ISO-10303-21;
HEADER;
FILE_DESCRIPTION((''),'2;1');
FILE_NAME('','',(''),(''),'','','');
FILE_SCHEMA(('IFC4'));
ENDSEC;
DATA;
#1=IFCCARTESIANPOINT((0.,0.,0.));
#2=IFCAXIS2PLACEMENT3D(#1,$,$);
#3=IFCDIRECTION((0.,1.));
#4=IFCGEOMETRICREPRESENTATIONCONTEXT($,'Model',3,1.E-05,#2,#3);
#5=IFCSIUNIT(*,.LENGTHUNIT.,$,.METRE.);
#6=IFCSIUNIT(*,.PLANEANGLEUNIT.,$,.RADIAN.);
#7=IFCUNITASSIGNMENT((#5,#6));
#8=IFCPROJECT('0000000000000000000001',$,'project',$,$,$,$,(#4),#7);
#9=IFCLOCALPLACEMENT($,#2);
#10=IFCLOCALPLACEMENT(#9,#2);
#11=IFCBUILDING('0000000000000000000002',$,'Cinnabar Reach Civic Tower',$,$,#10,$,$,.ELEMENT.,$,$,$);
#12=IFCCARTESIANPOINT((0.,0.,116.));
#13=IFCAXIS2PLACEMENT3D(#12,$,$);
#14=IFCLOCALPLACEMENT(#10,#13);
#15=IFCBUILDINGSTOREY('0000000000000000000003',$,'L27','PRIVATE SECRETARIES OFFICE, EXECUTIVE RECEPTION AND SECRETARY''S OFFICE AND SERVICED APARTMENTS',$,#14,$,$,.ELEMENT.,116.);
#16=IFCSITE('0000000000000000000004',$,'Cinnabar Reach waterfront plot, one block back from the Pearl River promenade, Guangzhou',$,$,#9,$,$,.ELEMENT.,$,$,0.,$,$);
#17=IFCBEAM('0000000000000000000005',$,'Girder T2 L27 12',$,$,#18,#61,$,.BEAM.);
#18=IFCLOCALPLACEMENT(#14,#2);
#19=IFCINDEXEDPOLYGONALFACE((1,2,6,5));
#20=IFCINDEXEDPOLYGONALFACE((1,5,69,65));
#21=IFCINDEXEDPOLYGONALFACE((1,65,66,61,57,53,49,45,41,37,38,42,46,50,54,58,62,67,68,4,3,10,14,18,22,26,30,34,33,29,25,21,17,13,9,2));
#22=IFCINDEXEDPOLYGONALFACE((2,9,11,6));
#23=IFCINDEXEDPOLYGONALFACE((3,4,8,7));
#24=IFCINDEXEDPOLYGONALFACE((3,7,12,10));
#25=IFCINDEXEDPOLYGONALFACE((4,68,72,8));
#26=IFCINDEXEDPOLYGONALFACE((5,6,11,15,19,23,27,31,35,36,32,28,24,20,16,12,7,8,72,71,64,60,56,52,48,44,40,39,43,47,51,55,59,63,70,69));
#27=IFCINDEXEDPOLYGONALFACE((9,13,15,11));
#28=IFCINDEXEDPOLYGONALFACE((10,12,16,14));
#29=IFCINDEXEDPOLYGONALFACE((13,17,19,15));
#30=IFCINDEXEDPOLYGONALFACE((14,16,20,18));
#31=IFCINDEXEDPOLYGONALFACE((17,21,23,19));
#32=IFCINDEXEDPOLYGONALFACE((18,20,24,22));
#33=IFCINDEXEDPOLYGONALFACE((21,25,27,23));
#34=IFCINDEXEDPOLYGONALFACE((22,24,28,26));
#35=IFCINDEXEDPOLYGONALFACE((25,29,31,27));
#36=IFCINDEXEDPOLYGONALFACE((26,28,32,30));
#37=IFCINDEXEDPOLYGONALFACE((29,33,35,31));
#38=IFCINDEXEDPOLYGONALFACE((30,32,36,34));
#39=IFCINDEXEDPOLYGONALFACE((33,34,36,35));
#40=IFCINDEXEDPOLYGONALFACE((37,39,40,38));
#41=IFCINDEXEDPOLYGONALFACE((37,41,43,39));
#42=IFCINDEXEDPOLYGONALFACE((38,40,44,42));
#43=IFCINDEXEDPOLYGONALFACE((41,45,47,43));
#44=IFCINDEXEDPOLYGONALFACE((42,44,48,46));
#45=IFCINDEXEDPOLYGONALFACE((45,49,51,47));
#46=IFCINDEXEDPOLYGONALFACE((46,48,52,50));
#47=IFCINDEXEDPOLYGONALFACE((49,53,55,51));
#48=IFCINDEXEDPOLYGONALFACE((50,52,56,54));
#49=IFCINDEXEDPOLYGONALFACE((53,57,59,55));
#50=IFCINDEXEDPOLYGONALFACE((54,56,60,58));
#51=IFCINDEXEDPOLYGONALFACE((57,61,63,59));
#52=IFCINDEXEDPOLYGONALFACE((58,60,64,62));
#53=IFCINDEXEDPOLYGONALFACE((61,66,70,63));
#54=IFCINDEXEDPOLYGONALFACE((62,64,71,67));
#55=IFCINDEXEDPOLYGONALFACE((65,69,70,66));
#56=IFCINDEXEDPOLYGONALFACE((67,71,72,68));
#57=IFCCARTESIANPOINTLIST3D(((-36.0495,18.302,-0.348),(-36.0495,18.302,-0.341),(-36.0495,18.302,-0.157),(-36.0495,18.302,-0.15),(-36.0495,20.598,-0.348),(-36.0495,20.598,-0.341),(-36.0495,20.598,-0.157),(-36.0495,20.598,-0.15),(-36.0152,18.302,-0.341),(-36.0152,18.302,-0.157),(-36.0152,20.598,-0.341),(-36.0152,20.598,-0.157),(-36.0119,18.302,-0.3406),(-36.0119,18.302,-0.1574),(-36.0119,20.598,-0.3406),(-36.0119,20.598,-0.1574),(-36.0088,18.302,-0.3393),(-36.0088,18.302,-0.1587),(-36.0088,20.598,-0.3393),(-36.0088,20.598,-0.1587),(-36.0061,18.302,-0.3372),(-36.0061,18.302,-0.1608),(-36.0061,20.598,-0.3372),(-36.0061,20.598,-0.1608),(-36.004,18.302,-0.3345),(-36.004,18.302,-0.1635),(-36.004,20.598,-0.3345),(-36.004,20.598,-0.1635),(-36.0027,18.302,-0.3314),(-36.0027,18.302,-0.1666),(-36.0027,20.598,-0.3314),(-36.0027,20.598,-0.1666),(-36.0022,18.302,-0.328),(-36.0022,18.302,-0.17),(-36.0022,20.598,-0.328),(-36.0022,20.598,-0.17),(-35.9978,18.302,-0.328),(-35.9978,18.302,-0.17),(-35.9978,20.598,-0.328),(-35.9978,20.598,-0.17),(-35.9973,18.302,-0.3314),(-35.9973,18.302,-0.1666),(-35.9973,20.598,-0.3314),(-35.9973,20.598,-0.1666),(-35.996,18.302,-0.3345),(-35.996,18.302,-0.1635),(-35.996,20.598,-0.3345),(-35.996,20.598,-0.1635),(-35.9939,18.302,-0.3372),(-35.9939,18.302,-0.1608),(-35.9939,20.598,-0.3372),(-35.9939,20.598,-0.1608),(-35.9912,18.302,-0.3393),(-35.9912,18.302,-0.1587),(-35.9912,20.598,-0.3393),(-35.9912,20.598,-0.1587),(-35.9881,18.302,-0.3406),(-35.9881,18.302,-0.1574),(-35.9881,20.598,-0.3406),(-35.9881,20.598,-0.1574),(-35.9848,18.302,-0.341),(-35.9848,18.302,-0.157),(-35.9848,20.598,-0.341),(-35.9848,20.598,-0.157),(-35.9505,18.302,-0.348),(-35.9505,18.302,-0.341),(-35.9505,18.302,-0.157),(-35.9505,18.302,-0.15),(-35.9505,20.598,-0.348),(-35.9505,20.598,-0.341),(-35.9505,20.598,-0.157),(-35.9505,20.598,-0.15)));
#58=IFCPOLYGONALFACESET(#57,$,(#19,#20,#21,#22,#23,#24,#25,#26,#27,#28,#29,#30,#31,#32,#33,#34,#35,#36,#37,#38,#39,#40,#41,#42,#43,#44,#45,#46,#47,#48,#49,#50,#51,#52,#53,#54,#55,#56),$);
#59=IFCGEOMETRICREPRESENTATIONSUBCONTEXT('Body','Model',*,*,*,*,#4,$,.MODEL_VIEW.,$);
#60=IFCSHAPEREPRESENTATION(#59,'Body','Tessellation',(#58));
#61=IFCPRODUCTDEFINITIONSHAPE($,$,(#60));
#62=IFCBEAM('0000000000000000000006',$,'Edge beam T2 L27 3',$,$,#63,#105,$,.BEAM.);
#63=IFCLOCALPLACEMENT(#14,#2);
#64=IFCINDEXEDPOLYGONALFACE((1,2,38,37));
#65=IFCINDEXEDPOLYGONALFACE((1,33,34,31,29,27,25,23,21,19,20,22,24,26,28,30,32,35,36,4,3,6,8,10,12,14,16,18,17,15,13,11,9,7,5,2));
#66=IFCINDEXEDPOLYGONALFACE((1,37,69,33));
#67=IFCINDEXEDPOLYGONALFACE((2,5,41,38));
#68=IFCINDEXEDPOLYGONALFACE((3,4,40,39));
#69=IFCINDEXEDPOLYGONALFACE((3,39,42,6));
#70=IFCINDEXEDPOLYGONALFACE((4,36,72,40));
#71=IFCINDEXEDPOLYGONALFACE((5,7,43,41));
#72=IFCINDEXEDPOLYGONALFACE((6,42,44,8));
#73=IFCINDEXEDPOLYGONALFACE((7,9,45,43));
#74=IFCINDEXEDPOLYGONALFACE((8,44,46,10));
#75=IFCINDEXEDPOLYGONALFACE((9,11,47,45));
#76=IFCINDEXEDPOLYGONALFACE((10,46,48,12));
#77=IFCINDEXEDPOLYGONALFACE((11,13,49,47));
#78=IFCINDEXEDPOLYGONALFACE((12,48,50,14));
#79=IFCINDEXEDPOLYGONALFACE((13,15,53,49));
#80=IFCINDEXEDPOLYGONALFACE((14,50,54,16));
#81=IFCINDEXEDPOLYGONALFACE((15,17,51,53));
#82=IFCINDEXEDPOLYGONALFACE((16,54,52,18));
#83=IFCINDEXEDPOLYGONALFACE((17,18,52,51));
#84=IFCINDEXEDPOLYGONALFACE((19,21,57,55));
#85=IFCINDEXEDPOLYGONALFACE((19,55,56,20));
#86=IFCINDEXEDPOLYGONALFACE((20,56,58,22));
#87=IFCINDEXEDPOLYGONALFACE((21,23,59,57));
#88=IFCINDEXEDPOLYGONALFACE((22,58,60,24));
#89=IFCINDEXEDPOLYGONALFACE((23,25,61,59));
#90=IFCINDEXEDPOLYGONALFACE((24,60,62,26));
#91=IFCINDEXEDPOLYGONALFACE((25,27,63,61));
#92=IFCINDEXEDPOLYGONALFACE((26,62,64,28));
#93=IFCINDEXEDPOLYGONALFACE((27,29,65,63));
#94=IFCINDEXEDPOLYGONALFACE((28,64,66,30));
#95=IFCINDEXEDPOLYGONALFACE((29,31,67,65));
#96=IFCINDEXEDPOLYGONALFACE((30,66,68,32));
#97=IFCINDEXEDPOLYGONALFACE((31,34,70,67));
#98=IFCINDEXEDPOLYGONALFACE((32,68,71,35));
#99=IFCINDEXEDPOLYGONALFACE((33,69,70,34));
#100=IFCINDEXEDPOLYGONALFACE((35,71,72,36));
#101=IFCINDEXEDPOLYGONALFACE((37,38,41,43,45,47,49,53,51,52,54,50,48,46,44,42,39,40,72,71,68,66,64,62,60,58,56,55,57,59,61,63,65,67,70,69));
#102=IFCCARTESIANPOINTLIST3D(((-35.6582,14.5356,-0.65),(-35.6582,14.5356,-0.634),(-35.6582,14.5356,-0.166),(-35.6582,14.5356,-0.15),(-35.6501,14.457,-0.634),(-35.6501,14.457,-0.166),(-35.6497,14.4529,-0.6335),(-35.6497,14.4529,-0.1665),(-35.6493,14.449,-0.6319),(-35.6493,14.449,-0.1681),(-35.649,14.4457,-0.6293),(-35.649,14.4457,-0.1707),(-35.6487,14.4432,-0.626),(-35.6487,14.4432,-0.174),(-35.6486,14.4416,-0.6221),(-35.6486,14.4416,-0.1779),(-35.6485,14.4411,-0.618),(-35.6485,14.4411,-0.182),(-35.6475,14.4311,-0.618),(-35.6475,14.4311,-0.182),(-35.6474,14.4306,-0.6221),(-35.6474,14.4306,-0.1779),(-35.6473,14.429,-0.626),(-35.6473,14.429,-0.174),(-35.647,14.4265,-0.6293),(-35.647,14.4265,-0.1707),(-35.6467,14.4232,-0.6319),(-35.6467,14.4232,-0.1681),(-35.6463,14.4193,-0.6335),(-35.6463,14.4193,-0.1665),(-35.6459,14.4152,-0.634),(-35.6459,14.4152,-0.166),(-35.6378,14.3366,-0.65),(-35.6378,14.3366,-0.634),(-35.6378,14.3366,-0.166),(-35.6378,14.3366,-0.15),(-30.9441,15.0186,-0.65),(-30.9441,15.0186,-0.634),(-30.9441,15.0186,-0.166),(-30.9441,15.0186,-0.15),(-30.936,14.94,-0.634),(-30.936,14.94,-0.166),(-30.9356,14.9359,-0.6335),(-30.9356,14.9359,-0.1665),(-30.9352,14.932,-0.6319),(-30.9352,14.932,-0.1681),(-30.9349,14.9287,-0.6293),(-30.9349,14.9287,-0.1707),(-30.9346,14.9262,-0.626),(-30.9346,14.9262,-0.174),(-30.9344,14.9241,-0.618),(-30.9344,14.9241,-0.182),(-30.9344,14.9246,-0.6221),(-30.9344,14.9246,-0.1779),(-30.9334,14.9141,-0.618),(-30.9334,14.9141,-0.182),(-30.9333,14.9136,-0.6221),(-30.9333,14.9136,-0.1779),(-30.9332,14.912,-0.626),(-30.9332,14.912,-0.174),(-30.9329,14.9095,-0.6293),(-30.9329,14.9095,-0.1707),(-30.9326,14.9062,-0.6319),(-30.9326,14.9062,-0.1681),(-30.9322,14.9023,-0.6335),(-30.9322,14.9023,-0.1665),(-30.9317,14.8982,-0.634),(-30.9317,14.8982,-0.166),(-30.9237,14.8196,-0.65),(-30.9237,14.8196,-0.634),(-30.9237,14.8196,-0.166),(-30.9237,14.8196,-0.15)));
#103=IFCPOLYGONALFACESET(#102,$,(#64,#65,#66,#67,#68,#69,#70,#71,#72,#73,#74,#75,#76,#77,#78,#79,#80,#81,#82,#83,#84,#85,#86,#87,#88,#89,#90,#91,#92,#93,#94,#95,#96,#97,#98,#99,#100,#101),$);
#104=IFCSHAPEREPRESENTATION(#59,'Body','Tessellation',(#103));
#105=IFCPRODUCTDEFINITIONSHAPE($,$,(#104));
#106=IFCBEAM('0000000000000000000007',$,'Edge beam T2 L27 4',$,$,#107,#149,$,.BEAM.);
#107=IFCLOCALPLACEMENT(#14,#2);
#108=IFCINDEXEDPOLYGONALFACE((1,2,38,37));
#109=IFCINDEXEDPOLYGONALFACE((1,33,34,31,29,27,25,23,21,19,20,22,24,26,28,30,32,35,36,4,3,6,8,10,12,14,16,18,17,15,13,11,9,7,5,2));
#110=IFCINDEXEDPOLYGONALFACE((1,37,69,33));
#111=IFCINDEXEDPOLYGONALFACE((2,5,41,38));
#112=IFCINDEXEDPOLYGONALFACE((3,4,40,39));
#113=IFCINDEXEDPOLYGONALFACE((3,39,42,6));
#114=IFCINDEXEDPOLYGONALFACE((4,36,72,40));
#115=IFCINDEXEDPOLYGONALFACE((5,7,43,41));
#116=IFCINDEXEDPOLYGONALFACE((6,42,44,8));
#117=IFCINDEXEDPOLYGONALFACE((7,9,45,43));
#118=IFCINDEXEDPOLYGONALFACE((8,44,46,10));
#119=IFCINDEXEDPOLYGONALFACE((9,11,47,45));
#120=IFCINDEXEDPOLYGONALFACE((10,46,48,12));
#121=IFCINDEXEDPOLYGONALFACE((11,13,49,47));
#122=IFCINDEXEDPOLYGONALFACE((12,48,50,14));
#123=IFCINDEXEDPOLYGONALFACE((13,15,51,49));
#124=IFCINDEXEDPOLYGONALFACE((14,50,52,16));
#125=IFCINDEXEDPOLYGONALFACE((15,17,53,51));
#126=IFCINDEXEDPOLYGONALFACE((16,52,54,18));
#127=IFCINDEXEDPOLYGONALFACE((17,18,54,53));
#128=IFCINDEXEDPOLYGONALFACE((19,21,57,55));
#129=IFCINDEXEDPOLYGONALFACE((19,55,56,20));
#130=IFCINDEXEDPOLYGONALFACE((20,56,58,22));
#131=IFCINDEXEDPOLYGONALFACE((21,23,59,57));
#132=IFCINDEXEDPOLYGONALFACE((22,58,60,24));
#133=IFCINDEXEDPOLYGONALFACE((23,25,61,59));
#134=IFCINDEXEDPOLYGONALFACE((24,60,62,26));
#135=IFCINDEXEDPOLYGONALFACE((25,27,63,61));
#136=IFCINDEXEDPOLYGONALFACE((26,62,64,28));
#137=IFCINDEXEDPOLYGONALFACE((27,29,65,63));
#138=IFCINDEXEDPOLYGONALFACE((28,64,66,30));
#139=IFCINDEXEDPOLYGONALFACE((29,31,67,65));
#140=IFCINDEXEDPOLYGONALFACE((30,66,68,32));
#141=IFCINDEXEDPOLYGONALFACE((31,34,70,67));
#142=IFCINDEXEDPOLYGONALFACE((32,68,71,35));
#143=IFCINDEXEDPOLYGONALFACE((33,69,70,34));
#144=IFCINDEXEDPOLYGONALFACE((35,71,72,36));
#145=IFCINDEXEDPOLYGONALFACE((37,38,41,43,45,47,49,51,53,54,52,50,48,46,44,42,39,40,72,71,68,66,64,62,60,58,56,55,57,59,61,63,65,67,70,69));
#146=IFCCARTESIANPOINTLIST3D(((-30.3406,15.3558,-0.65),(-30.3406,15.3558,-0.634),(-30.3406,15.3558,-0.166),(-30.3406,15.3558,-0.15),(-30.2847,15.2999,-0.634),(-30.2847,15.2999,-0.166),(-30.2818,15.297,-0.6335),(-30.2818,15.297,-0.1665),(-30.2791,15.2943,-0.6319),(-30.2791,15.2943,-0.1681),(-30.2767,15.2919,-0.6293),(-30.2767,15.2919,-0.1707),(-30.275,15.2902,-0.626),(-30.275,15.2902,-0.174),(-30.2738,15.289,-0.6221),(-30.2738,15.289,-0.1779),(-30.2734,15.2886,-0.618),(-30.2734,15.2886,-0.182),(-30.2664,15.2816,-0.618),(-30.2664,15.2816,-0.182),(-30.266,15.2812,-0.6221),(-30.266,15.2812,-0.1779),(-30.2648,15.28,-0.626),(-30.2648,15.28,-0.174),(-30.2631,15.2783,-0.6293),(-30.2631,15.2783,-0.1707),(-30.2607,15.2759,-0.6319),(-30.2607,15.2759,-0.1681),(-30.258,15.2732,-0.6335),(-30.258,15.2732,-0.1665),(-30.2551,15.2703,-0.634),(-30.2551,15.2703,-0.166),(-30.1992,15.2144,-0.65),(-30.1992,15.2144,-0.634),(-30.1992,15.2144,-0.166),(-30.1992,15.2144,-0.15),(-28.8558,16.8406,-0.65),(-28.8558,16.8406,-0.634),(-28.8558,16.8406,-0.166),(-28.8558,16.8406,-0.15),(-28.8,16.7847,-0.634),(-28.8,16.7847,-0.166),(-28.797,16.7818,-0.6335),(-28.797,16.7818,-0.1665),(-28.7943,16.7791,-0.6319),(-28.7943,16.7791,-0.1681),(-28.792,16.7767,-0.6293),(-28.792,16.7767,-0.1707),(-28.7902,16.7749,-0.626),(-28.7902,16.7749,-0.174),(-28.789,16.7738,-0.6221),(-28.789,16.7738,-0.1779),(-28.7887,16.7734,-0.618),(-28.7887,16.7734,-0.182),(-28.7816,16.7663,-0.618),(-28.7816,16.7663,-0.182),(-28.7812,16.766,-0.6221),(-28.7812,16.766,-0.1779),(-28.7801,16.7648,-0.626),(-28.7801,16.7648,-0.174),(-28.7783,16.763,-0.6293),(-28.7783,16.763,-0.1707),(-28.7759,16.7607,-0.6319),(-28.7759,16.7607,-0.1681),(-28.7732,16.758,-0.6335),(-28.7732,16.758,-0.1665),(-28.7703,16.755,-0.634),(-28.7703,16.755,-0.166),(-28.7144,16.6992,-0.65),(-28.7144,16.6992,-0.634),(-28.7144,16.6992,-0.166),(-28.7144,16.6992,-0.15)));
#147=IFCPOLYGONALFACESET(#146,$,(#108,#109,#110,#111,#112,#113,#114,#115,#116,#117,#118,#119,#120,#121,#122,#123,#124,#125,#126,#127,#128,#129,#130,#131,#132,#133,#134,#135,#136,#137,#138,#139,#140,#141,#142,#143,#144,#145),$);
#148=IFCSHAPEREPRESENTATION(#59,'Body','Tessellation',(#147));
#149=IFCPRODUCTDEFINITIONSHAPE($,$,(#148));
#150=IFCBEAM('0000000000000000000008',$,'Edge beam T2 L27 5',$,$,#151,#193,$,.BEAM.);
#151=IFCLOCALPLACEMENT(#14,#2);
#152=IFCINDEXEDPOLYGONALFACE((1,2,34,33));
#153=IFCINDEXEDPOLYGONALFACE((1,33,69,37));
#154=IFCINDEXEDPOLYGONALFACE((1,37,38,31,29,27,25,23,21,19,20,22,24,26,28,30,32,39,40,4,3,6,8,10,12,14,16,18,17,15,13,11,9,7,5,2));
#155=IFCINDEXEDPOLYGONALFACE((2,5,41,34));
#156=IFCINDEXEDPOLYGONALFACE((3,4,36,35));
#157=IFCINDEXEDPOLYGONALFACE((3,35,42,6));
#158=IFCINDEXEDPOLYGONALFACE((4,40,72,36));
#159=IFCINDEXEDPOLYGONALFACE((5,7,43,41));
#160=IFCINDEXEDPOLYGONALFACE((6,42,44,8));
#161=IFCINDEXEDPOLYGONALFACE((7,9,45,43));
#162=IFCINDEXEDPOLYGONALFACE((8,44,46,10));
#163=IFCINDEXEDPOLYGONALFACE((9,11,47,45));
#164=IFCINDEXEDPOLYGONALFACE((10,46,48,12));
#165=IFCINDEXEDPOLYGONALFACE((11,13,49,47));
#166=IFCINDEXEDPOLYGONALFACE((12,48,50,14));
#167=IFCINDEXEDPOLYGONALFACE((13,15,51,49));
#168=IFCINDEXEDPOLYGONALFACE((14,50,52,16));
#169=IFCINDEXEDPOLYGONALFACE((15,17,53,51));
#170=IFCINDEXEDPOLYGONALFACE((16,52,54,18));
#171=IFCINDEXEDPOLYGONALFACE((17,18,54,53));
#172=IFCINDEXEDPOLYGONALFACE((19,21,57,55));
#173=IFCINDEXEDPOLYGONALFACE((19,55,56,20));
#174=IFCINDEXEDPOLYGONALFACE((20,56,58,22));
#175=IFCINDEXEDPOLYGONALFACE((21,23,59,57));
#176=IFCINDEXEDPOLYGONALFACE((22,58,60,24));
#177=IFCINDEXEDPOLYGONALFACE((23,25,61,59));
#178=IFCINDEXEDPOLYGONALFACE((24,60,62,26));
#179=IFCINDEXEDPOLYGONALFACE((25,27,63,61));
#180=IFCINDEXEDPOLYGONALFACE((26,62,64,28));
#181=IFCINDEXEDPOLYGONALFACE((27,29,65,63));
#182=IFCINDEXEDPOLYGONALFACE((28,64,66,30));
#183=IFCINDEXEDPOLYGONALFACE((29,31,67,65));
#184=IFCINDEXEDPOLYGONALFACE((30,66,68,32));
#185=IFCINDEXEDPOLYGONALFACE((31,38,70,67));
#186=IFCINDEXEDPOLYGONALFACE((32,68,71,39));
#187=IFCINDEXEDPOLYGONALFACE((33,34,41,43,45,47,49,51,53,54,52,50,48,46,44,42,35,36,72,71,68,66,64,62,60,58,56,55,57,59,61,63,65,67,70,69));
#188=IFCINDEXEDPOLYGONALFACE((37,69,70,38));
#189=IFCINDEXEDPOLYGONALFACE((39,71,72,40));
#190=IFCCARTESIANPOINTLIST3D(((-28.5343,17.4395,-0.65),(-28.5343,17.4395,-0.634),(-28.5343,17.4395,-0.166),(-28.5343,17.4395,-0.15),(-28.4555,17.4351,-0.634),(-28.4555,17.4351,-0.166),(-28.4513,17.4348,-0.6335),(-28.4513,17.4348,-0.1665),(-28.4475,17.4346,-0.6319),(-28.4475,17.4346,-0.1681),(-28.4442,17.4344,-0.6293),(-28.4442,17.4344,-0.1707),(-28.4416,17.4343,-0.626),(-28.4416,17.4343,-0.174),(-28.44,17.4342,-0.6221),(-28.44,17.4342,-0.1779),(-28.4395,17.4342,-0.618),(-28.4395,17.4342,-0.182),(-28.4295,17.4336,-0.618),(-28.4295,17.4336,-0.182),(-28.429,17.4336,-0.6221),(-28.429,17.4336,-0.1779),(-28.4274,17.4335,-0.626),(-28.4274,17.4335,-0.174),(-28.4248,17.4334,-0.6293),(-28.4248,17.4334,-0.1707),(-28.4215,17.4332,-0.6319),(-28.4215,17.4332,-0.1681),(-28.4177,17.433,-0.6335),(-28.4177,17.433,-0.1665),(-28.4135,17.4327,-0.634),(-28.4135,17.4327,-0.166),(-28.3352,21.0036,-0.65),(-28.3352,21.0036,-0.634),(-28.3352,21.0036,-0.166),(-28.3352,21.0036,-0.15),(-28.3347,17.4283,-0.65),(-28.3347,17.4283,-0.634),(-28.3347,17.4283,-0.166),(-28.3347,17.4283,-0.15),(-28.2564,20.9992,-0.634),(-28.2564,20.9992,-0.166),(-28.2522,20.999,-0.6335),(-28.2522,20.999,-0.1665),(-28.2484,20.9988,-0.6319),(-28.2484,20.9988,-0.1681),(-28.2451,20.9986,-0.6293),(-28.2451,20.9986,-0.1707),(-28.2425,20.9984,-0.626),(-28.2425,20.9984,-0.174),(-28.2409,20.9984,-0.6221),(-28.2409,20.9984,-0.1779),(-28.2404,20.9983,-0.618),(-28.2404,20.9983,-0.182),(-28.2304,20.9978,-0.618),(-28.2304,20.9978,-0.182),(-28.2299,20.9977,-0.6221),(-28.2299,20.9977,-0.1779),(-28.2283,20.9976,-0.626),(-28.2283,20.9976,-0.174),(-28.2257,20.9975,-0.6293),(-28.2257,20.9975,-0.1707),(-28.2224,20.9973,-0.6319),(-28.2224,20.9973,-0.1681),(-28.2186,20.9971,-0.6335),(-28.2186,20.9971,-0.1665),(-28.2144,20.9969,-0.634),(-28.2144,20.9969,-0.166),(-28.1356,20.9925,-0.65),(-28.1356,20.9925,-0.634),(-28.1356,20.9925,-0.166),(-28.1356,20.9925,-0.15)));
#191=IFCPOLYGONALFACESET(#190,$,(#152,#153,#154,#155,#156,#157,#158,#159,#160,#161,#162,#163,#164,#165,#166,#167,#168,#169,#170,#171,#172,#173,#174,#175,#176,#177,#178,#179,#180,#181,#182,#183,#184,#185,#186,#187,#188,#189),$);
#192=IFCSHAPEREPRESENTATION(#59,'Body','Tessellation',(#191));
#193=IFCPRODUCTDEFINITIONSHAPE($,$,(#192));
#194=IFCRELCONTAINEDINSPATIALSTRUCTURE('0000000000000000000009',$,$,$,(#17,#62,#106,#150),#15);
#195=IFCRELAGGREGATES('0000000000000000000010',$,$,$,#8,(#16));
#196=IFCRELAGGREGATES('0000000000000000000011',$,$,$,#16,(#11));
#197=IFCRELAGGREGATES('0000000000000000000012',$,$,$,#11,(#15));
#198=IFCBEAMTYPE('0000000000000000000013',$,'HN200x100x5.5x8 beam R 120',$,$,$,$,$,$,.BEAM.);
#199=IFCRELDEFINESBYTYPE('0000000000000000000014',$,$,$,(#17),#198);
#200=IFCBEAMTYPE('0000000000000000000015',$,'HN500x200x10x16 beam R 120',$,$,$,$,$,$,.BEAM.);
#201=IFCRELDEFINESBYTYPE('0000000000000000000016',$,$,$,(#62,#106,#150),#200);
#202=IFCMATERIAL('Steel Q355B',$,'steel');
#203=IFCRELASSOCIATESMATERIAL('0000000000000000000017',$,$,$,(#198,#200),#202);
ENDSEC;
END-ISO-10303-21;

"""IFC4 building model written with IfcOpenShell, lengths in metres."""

from ifc_helpers import new_model, si_unit, direction, frame, origin, origin_2d, place, context, subcontext, project, spatial, i_section, extrude, material, material_profile, profile_set, type_object, element, save


model = new_model("IFC4")

# Units and contexts
model_context = context("Model", 3, precision=1e-05, world=origin(), true_north=direction((0.0, 1.0)))
body_context = subcontext(model_context, "Body", "Model", "MODEL_VIEW")
ifc_project = project(units=[si_unit("LENGTHUNIT", "METRE"), si_unit("PLANEANGLEUNIT", "RADIAN")], contexts=[model_context])

# Site, building, storey
site_placement = place(None, origin())
site = spatial("IfcSite", under=ifc_project, at=site_placement, Name="Cinnabar Reach waterfront plot, one block back from the Pearl River promenade, Guangzhou", CompositionType="ELEMENT", RefElevation=0.0)
building_placement = place(site_placement, origin())
building = spatial("IfcBuilding", under=site, at=building_placement, Name="Cinnabar Reach Civic Tower", CompositionType="ELEMENT")
storey_placement = place(building_placement, frame((0.0, 0.0, 116.0)))
storey = spatial("IfcBuildingStorey", under=building, at=storey_placement, Name="L27", Description="PRIVATE SECRETARIES OFFICE, EXECUTIVE RECEPTION AND SECRETARY'S OFFICE AND SERVICED APARTMENTS", CompositionType="ELEMENT", Elevation=116.0)

# Beams
ifc_material_1 = material(Name="Steel Q355B", Category="steel")
ifc_material_profile_1 = material_profile(ifc_material_1, i_section(OverallWidth=0.099, OverallDepth=0.198, WebThickness=0.0045, FlangeThickness=0.007, FilletRadius=0.013, at=origin_2d()), Name="HN200x100x5.5x8")
ifc_profile_set_1 = profile_set([ifc_material_profile_1], Name="Steel Q355B")
beam_type_1 = type_object("IfcBeamType", Name="HN200x100x5.5x8 beam R 120", PredefinedType="BEAM", material=ifc_profile_set_1)
beam_1_placement = place(storey_placement, frame((-36.0, 18.302, -0.249), z_axis=(0.0, 1.0, 0.0), x_axis=(-1.0, 0.0, 0.0)))
element("IfcBeam", 1, at=beam_1_placement, inside=storey, type_object=beam_type_1, Name="Girder T2 L27 12", PredefinedType="BEAM", context=body_context, shape_type="SweptSolid", body=[
    extrude(i_section(OverallWidth=0.099, OverallDepth=0.198, WebThickness=0.0045, FlangeThickness=0.007, FilletRadius=0.013, at=origin_2d()), origin(), (0.0, 0.0, 1.0), 2.296),
])
ifc_material_profile_2 = material_profile(ifc_material_1, i_section(OverallWidth=0.2, OverallDepth=0.5, WebThickness=0.01, FlangeThickness=0.016, FilletRadius=0.016, at=origin_2d()), Name="HN500x200x10x16")
ifc_profile_set_2 = profile_set([ifc_material_profile_2], Name="Steel Q355B")
beam_type_2 = type_object("IfcBeamType", Name="HN500x200x10x16 beam R 120", PredefinedType="BEAM", material=ifc_profile_set_2)
beam_2_placement = place(storey_placement, frame((-35.648, 14.4361, -0.4), z_axis=(0.994792, 0.101925, 0.0), x_axis=(-0.101925, 0.994792, 0.0)))
element("IfcBeam", 2, at=beam_2_placement, inside=storey, type_object=beam_type_2, Name="Edge beam T2 L27 3", PredefinedType="BEAM", context=body_context, shape_type="SweptSolid", body=[
    extrude(i_section(OverallWidth=0.2, OverallDepth=0.5, WebThickness=0.01, FlangeThickness=0.016, FilletRadius=0.016, at=origin_2d()), origin(), (0.0, 0.0, 1.0), 4.7388),
])
beam_3_placement = place(storey_placement, frame((-30.2699, 15.2851, -0.4), z_axis=(0.707107, 0.707107, 0.0), x_axis=(-0.707107, 0.707107, 0.0)))
element("IfcBeam", 3, at=beam_3_placement, inside=storey, type_object=beam_type_2, Name="Edge beam T2 L27 4", PredefinedType="BEAM", context=body_context, shape_type="SweptSolid", body=[
    extrude(i_section(OverallWidth=0.2, OverallDepth=0.5, WebThickness=0.01, FlangeThickness=0.016, FilletRadius=0.016, at=origin_2d()), origin(), (0.0, 0.0, 1.0), 2.0998),
])
beam_4_placement = place(storey_placement, frame((-28.4345, 17.4339, -0.4), z_axis=(0.055776, 0.998443, 0.0), x_axis=(-0.998443, 0.055776, 0.0)))
element("IfcBeam", 4, at=beam_4_placement, inside=storey, type_object=beam_type_2, Name="Edge beam T2 L27 5", PredefinedType="BEAM", context=body_context, shape_type="SweptSolid", body=[
    extrude(i_section(OverallWidth=0.2, OverallDepth=0.5, WebThickness=0.01, FlangeThickness=0.016, FilletRadius=0.016, at=origin_2d()), origin(), (0.0, 0.0, 1.0), 3.5697),
])

save(model, "model.ifc")
